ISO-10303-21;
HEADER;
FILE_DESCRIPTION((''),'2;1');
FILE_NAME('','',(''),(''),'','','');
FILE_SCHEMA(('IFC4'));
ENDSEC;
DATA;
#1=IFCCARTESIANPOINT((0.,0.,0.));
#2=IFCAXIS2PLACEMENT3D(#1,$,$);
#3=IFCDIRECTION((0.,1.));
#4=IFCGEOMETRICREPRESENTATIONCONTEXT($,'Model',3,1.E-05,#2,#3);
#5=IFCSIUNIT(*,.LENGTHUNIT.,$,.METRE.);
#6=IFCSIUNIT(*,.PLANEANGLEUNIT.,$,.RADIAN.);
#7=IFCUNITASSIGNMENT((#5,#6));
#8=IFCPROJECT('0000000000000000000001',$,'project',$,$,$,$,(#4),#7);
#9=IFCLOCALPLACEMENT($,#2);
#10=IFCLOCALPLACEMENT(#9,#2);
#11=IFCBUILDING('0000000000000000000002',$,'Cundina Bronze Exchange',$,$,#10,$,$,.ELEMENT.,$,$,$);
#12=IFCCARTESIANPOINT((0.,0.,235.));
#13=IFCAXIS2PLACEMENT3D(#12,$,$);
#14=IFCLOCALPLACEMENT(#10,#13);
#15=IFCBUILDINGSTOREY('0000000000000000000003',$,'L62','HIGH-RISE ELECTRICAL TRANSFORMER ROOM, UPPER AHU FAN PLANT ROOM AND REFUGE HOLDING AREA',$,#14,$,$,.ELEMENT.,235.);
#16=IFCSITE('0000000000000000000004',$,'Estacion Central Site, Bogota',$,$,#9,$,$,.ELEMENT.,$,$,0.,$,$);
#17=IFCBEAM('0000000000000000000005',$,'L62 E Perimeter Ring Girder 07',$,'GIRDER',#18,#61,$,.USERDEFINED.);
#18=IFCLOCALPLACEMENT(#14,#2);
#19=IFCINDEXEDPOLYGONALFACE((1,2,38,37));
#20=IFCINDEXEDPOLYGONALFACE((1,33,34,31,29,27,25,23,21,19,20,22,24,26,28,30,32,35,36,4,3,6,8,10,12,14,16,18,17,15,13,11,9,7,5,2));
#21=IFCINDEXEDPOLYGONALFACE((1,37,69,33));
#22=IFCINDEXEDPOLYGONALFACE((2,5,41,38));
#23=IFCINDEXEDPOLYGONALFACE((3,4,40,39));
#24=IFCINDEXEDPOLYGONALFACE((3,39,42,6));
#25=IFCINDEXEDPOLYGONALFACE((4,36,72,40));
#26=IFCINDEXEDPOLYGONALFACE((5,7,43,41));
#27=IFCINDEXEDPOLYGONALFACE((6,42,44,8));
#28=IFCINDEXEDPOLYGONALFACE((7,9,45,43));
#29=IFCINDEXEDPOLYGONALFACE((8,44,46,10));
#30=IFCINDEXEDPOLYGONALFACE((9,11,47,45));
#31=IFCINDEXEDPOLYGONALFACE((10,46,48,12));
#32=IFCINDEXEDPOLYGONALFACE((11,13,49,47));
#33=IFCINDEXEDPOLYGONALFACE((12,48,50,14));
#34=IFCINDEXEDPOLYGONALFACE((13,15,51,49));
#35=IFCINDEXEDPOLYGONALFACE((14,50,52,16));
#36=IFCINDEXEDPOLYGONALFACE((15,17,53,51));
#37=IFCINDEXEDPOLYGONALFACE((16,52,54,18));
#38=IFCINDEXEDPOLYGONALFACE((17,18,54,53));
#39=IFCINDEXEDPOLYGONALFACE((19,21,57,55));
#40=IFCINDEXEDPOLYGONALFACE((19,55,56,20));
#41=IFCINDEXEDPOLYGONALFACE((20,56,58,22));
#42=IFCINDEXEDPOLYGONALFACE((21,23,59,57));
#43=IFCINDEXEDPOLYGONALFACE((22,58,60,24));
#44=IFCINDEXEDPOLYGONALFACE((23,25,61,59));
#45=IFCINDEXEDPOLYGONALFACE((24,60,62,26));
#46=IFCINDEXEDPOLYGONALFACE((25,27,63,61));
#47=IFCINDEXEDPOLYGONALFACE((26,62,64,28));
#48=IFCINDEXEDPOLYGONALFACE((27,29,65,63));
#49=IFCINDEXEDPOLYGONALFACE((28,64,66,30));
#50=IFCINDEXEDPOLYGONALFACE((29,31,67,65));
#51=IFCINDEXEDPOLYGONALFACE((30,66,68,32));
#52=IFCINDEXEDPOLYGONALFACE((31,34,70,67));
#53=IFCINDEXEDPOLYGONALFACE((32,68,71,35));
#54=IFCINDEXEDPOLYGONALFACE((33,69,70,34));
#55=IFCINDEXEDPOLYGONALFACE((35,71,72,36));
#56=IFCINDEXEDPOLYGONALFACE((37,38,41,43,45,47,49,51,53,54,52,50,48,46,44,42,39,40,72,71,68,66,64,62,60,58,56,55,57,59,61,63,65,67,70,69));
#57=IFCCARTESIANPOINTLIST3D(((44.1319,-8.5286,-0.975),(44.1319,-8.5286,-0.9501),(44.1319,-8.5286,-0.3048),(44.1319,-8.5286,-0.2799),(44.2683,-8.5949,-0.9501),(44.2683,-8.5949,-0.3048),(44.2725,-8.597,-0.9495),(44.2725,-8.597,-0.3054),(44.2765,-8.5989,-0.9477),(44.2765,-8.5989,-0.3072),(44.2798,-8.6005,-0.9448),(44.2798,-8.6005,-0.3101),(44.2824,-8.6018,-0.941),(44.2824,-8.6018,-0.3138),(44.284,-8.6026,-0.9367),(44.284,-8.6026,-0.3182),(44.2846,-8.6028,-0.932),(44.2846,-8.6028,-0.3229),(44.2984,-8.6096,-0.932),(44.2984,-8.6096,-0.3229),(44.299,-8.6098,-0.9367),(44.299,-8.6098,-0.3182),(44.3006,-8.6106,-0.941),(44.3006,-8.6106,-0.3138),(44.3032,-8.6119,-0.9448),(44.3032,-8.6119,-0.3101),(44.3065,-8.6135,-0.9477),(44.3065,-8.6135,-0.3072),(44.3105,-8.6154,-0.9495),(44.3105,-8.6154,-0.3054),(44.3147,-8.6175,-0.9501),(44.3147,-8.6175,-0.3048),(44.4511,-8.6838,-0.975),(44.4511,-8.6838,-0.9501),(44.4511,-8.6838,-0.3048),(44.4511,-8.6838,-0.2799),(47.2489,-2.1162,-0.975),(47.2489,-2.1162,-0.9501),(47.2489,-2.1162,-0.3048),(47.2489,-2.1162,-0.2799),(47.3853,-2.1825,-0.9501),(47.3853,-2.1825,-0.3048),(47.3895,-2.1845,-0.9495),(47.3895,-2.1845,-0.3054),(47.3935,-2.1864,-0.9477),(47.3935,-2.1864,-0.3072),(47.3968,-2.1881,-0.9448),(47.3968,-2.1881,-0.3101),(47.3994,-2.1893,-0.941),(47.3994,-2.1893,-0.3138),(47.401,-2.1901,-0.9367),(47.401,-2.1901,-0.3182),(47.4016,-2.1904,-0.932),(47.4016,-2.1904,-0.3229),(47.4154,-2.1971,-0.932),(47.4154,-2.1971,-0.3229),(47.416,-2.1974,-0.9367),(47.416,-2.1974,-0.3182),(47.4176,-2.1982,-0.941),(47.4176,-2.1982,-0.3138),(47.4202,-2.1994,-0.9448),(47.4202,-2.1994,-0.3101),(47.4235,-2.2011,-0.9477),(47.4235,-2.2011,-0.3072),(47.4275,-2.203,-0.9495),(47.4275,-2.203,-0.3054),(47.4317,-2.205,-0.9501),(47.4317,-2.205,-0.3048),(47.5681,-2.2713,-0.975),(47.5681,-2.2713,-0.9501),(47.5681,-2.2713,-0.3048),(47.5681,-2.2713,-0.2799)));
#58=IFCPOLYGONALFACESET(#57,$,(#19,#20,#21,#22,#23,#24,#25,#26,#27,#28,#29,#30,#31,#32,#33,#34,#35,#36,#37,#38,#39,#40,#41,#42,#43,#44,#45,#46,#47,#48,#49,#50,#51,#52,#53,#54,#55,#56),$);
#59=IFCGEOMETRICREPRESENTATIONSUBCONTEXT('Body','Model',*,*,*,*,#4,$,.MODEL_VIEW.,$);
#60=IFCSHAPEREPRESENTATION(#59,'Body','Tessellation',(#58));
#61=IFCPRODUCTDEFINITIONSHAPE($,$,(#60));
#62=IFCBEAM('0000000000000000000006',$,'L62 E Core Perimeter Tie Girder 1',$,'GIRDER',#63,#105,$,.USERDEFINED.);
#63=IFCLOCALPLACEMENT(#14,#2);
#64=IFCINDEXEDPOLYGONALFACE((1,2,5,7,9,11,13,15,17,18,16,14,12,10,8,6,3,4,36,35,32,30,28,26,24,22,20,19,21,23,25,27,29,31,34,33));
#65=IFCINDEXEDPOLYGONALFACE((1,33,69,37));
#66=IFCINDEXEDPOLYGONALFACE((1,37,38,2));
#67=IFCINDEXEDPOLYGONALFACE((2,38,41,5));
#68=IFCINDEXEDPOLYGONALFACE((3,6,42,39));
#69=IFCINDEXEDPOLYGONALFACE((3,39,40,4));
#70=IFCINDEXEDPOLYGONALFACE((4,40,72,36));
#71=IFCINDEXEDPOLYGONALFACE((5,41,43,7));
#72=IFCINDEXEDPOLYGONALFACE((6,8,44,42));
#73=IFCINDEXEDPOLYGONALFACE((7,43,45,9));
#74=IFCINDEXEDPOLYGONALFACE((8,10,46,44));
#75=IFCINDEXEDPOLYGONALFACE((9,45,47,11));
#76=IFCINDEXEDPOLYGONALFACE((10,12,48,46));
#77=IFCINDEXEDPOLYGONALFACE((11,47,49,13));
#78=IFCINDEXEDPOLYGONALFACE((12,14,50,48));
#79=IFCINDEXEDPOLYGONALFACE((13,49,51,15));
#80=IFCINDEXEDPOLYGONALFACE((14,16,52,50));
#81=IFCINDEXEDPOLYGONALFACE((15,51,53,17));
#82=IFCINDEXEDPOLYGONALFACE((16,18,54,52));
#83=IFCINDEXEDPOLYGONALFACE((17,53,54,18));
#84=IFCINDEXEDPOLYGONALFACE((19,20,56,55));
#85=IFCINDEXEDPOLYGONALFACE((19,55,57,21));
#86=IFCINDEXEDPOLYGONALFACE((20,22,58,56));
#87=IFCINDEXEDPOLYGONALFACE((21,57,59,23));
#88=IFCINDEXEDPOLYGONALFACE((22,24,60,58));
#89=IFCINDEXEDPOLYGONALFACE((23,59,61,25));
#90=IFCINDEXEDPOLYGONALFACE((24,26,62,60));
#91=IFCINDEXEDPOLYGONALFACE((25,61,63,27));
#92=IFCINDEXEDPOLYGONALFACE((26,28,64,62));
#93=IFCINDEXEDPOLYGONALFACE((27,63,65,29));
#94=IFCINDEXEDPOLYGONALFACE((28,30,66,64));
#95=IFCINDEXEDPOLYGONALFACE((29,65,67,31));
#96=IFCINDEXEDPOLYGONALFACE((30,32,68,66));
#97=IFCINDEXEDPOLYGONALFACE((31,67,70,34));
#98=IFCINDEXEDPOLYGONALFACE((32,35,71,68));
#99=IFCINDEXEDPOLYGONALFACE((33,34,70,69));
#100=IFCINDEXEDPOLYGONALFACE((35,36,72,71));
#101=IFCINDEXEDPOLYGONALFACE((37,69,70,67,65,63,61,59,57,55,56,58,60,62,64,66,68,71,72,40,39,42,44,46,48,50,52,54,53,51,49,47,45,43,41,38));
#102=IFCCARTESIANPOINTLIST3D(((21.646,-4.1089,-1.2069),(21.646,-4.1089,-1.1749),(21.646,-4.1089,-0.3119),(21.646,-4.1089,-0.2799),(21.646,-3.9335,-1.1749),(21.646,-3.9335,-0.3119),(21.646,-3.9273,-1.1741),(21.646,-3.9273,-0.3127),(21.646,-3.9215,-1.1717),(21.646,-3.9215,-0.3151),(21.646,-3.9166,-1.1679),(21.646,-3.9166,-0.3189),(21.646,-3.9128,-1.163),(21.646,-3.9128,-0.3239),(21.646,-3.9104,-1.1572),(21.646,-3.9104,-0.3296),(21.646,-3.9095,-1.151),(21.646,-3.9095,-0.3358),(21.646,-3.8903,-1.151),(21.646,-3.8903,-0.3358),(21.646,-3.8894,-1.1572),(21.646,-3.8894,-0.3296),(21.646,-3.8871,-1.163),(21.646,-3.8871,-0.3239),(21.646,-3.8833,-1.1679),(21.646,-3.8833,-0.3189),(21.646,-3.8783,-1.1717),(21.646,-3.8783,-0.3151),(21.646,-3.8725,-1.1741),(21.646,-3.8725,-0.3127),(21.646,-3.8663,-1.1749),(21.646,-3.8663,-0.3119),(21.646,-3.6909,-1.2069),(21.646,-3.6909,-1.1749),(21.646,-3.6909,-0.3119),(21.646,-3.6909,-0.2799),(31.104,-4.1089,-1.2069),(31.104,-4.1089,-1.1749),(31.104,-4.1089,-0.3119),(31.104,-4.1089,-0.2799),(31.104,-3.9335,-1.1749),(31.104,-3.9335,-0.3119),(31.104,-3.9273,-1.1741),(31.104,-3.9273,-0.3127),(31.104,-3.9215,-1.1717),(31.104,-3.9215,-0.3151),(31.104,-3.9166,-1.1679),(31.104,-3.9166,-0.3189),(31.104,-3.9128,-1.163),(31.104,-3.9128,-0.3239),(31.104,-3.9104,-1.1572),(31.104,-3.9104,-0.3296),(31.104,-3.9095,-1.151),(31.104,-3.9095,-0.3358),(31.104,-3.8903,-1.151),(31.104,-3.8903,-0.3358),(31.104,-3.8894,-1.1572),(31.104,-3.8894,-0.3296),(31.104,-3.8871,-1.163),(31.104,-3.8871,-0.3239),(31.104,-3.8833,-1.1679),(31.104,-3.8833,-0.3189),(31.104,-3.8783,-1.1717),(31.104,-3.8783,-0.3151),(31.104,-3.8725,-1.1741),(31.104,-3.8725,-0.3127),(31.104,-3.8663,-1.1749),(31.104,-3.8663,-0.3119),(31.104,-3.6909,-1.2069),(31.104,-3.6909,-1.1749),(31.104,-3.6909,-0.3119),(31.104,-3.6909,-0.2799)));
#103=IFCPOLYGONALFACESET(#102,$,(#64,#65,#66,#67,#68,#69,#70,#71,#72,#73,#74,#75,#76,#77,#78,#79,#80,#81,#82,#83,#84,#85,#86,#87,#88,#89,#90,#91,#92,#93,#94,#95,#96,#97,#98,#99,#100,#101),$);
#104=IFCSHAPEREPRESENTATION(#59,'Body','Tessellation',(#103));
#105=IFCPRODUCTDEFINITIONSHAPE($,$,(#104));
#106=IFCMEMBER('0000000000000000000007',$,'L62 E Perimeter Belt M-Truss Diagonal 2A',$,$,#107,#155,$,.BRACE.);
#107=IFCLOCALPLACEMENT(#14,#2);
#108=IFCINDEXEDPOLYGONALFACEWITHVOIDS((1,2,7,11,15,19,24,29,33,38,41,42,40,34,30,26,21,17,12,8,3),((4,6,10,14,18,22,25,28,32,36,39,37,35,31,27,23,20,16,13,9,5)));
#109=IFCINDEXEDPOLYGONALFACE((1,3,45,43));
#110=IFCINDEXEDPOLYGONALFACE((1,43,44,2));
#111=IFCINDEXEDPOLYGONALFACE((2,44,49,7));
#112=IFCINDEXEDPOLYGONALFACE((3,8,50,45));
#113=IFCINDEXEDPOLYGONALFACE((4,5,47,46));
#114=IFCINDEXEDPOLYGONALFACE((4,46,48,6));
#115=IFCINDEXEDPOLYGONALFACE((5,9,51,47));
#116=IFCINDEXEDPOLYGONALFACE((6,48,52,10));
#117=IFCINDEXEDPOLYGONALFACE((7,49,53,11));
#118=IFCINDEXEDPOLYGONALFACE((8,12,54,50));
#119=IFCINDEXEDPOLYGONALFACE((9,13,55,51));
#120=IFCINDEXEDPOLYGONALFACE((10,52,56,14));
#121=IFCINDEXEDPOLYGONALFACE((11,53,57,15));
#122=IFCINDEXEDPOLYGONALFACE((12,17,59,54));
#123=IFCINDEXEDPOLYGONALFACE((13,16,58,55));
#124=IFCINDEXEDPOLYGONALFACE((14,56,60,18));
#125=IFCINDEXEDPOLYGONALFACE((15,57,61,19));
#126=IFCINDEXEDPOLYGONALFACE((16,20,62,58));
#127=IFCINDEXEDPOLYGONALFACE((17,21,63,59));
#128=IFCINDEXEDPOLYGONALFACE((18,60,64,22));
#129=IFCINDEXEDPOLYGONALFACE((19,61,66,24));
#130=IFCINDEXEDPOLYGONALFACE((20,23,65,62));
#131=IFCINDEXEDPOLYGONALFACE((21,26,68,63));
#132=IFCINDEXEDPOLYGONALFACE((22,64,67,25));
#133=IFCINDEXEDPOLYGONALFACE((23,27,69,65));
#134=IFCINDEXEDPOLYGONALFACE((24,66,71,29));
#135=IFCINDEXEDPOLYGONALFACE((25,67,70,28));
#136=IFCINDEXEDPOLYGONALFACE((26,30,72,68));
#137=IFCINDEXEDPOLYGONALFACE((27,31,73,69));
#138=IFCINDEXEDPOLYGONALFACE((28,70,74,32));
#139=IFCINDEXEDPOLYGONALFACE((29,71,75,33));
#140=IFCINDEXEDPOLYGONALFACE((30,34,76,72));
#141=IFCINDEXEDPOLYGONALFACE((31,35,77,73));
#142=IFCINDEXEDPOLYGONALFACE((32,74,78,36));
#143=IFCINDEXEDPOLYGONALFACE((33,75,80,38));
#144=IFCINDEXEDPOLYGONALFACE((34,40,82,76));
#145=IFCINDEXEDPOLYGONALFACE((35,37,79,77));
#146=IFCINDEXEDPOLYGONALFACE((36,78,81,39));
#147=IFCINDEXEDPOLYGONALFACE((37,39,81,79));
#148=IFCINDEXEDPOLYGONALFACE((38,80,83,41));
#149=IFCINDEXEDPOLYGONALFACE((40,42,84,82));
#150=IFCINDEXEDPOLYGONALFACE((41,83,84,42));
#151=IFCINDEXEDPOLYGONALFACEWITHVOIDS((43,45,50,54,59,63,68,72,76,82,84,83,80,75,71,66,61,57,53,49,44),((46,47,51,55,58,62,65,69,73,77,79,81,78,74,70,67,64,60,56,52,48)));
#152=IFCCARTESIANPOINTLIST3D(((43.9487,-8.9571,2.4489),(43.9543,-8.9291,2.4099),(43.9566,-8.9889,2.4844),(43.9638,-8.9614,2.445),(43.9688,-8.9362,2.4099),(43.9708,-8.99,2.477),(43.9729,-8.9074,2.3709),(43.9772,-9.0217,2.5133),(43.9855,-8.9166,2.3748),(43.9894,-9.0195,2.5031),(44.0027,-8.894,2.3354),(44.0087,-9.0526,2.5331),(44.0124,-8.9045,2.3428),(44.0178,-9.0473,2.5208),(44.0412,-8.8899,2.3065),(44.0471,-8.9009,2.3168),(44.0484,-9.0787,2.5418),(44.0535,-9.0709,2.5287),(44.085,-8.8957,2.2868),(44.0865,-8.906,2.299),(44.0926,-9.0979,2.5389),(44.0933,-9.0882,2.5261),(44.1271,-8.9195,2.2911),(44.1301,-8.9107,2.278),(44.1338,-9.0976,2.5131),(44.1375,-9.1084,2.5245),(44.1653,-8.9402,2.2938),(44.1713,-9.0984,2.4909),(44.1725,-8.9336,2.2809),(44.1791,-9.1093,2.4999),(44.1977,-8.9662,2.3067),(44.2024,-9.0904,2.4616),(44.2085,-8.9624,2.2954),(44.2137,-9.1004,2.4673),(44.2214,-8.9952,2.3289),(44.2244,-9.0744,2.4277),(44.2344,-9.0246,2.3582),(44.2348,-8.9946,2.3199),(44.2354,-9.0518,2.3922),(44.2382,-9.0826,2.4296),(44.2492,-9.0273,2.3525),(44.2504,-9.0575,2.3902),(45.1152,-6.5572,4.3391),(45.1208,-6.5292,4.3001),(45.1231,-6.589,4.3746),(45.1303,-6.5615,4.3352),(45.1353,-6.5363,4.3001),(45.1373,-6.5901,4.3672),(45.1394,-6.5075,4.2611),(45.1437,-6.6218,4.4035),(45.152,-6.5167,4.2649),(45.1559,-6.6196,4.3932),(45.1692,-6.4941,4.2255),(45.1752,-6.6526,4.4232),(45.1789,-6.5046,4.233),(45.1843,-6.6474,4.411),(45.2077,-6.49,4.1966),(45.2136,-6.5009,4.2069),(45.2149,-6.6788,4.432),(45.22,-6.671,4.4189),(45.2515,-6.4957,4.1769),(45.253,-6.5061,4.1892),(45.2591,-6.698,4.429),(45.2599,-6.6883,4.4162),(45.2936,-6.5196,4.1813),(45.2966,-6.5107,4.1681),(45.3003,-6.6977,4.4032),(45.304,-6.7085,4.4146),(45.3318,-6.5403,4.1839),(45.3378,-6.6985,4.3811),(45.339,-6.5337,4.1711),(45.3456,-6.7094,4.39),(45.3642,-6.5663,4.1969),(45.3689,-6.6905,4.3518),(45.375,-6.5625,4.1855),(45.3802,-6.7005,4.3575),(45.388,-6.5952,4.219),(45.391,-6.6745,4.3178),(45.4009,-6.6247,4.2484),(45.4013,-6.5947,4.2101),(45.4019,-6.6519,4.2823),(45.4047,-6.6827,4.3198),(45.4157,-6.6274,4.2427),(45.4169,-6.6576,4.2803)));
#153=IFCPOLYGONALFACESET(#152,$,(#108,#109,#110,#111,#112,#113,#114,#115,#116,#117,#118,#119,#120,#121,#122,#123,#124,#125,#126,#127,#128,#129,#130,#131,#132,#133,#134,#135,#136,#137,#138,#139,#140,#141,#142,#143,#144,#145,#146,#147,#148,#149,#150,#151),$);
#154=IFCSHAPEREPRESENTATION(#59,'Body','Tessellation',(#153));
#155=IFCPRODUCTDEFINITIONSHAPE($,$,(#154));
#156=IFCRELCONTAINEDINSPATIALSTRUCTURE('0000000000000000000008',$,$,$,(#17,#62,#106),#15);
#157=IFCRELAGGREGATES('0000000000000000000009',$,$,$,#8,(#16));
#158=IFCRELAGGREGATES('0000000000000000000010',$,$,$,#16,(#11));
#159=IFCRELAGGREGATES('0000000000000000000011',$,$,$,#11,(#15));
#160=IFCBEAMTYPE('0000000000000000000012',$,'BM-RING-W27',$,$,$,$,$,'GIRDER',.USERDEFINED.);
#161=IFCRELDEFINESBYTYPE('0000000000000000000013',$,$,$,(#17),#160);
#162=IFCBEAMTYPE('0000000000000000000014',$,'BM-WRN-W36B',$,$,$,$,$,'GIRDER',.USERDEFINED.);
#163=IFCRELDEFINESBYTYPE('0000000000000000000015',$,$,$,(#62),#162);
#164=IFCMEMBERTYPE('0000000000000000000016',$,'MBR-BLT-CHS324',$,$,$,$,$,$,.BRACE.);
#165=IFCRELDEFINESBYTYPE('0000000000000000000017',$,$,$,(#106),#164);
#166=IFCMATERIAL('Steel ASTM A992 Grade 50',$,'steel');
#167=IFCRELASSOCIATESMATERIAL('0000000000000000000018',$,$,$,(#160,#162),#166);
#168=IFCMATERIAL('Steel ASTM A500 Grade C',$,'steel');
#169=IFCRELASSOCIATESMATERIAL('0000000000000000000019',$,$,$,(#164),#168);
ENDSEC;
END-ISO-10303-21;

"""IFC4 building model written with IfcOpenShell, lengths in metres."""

from ifc_helpers import new_model, si_unit, direction, frame, origin, origin_2d, place, context, subcontext, project, spatial, hollow_circle, i_section, extrude, material, material_profile, profile_set, type_object, element, save


model = new_model("IFC4")

# Units and contexts
model_context = context("Model", 3, precision=1e-05, world=origin(), true_north=direction((0.0, 1.0)))
body_context = subcontext(model_context, "Body", "Model", "MODEL_VIEW")
ifc_project = project(units=[si_unit("LENGTHUNIT", "METRE"), si_unit("PLANEANGLEUNIT", "RADIAN")], contexts=[model_context])

# Site, building, storey
site_placement = place(None, origin())
site = spatial("IfcSite", under=ifc_project, at=site_placement, Name="Estacion Central Site, Bogota", CompositionType="ELEMENT", RefElevation=0.0)
building_placement = place(site_placement, origin())
building = spatial("IfcBuilding", under=site, at=building_placement, Name="Cundina Bronze Exchange", CompositionType="ELEMENT")
storey_placement = place(building_placement, frame((0.0, 0.0, 235.0)))
storey = spatial("IfcBuildingStorey", under=building, at=storey_placement, Name="L62", Description="HIGH-RISE ELECTRICAL TRANSFORMER ROOM, UPPER AHU FAN PLANT ROOM AND REFUGE HOLDING AREA", CompositionType="ELEMENT", Elevation=235.0)

# Shared definitions
ifc_material_1 = material(Name="Steel ASTM A992 Grade 50", Category="steel")

# Beams
ifc_material_profile_1 = material_profile(ifc_material_1, i_section(OverallWidth=0.355, OverallDepth=0.6951, WebThickness=0.0154, FlangeThickness=0.0249, FilletRadius=0.0181, at=origin_2d()), Name="W27X146", Category="steel")
ifc_profile_set_1 = profile_set([ifc_material_profile_1], Name="Steel ASTM A992 Grade 50")
beam_type_1 = type_object("IfcBeamType", Name="BM-RING-W27", ElementType="GIRDER", PredefinedType="USERDEFINED", material=ifc_profile_set_1)
beam_1_placement = place(storey_placement, frame((44.2915, -8.6062, -0.6274), z_axis=(0.437173, 0.899377, 0.0), x_axis=(-0.899377, 0.437173, 0.0)))
element("IfcBeam", 1, at=beam_1_placement, inside=storey, type_object=beam_type_1, Name="L62 E Perimeter Ring Girder 07", ObjectType="GIRDER", PredefinedType="USERDEFINED", context=body_context, shape_type="SweptSolid", body=[
    extrude(i_section(OverallWidth=0.355, OverallDepth=0.6951, WebThickness=0.0154, FlangeThickness=0.0249, FilletRadius=0.0181, at=origin_2d()), origin(), (0.0, 0.0, 1.0), 7.1299),
])
ifc_material_profile_2 = material_profile(ifc_material_1, i_section(OverallWidth=0.418, OverallDepth=0.927, WebThickness=0.0193, FlangeThickness=0.032, FilletRadius=0.0239, at=origin_2d()), Name="W36X231", Category="steel")
ifc_profile_set_2 = profile_set([ifc_material_profile_2], Name="Steel ASTM A992 Grade 50")
beam_type_2 = type_object("IfcBeamType", Name="BM-WRN-W36B", ElementType="GIRDER", PredefinedType="USERDEFINED", material=ifc_profile_set_2)
beam_2_placement = place(storey_placement, frame((31.104, -3.8999, -0.7434), z_axis=(-1.0, 0.0, 0.0), x_axis=(0.0, -1.0, 0.0)))
element("IfcBeam", 2, at=beam_2_placement, inside=storey, type_object=beam_type_2, Name="L62 E Core Perimeter Tie Girder 1", ObjectType="GIRDER", PredefinedType="USERDEFINED", context=body_context, shape_type="SweptSolid", body=[
    extrude(i_section(OverallWidth=0.418, OverallDepth=0.927, WebThickness=0.0193, FlangeThickness=0.032, FilletRadius=0.0239, at=origin_2d()), origin(), (0.0, 0.0, 1.0), 9.458),
])

# Member
ifc_material_2 = material(Name="Steel ASTM A500 Grade C", Category="steel")
ifc_material_profile_3 = material_profile(ifc_material_2, hollow_circle(Radius=0.1621, WallThickness=0.0161, at=origin_2d()), Name="CHS324X16", Category="steel")
ifc_profile_set_3 = profile_set([ifc_material_profile_3], Name="Steel ASTM A500 Grade C")
member_type_1 = type_object("IfcMemberType", Name="MBR-BLT-CHS324", PredefinedType="BRACE", material=ifc_profile_set_3)
member_1_placement = place(storey_placement, frame((44.1001, -9.0, 2.4099), z_axis=(0.356729, 0.733916, 0.578024), x_axis=(-0.899385, 0.437158, 0.0)))
element("IfcMember", 3, at=member_1_placement, inside=storey, type_object=member_type_1, Name="L62 E Perimeter Belt M-Truss Diagonal 2A", PredefinedType="BRACE", context=body_context, shape_type="SweptSolid", body=[
    extrude(hollow_circle(Radius=0.1621, WallThickness=0.0161, at=origin_2d()), origin(), (0.0, 0.0, 1.0), 3.27),
])

save(model, "model.ifc")
